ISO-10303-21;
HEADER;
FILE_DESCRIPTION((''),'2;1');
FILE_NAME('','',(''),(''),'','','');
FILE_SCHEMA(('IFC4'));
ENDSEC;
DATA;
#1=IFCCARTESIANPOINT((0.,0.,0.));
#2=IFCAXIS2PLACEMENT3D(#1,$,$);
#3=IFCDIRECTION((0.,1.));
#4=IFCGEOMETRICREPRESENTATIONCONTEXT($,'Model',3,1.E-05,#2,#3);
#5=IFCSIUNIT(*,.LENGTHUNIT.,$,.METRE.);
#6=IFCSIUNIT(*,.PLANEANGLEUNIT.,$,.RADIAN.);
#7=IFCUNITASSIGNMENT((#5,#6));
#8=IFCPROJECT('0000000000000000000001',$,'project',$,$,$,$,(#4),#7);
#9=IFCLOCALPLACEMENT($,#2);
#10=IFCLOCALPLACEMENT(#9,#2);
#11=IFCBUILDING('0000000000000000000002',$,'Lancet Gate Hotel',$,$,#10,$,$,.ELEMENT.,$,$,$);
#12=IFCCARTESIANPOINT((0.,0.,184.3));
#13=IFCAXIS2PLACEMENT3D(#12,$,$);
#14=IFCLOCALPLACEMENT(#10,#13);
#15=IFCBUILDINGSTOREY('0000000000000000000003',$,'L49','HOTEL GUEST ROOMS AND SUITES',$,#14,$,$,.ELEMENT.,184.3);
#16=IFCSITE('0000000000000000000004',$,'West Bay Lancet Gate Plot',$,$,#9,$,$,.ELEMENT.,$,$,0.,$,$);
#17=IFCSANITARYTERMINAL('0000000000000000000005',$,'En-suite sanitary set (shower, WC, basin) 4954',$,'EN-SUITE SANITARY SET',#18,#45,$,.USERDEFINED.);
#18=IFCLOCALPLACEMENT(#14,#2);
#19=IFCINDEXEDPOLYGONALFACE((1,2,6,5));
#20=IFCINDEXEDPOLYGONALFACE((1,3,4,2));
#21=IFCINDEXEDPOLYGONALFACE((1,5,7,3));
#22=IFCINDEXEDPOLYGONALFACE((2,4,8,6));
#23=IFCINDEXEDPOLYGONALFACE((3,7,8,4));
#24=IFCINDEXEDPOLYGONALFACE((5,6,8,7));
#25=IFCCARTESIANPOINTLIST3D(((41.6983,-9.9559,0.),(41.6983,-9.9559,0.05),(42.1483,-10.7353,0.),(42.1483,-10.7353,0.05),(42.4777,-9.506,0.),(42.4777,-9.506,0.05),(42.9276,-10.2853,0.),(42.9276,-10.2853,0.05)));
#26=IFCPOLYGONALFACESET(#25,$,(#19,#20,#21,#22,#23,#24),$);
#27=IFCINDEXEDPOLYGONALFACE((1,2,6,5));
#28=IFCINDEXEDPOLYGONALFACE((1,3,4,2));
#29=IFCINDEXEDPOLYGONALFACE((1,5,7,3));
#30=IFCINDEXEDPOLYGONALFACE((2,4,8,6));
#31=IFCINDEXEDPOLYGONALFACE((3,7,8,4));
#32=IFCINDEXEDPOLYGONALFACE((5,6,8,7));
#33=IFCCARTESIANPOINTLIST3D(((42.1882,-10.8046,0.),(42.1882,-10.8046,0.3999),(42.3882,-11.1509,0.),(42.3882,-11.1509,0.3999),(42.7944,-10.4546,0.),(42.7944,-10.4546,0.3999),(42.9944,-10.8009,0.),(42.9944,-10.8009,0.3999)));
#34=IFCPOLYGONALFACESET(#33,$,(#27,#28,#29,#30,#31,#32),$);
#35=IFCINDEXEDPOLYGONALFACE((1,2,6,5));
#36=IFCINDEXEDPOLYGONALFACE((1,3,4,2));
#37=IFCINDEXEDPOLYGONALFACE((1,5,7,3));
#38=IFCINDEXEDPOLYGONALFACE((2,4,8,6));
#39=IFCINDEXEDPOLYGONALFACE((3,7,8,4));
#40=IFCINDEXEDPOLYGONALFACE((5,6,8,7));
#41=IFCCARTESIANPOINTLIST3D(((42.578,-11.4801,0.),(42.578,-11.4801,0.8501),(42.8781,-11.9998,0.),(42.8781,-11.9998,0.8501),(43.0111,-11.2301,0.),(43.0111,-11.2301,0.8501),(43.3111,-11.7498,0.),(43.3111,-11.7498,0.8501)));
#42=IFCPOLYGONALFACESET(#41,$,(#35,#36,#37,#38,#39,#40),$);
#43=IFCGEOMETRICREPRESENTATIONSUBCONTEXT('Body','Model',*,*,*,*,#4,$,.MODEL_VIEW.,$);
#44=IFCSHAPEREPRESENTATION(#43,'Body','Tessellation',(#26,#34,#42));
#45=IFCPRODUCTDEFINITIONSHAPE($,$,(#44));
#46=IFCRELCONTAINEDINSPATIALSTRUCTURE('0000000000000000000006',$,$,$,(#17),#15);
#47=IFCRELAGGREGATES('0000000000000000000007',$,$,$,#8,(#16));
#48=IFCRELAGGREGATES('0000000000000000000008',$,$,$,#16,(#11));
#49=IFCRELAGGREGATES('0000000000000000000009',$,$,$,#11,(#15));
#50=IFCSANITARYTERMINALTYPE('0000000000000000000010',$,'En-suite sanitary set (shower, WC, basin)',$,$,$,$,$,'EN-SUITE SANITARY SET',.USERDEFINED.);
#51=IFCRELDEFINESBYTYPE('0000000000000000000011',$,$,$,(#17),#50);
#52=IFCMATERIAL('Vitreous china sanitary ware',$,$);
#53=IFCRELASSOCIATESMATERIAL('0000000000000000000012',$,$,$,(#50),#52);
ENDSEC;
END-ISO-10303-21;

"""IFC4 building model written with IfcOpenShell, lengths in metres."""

from ifc_helpers import new_model, si_unit, direction, frame, origin, origin_2d, place, context, subcontext, project, spatial, rectangle, extrude, material, type_object, element, save


model = new_model("IFC4")

# Units and contexts
model_context = context("Model", 3, precision=1e-05, world=origin(), true_north=direction((0.0, 1.0)))
body_context = subcontext(model_context, "Body", "Model", "MODEL_VIEW")
ifc_project = project(units=[si_unit("LENGTHUNIT", "METRE"), si_unit("PLANEANGLEUNIT", "RADIAN")], contexts=[model_context])

# Site, building, storey
site_placement = place(None, origin())
site = spatial("IfcSite", under=ifc_project, at=site_placement, Name="West Bay Lancet Gate Plot", CompositionType="ELEMENT", RefElevation=0.0)
building_placement = place(site_placement, origin())
building = spatial("IfcBuilding", under=site, at=building_placement, Name="Lancet Gate Hotel", CompositionType="ELEMENT")
storey_placement = place(building_placement, frame((0.0, 0.0, 184.3)))
storey = spatial("IfcBuildingStorey", under=building, at=storey_placement, Name="L49", Description="HOTEL GUEST ROOMS AND SUITES", CompositionType="ELEMENT", Elevation=184.3)

# Sanitary terminal
ifc_material_1 = material(Name="Vitreous china sanitary ware")
sanitary_terminal_type = type_object("IfcSanitaryTerminalType", Name="En-suite sanitary set (shower, WC, basin)", ElementType="EN-SUITE SANITARY SET", PredefinedType="USERDEFINED", material=ifc_material_1)
sanitary_terminal_placement = place(storey_placement, frame((42.313, -10.1206, 0.0), z_axis=(0.0, 0.0, 1.0), x_axis=(1.0, 0.0, 0.0)))
element("IfcSanitaryTerminal", 1, at=sanitary_terminal_placement, inside=storey, type_object=sanitary_terminal_type, Name="En-suite sanitary set (shower, WC, basin) 4954", ObjectType="EN-SUITE SANITARY SET", PredefinedType="USERDEFINED", context=body_context, shape_type="SweptSolid", body=[
    extrude(rectangle(XDim=0.8999, YDim=0.8999, at=origin_2d()), frame((0.0, 0.0, 0.0), z_axis=(0.0, 0.0, 1.0), x_axis=(-0.5, 0.866025, 0.0)), (0.0, 0.0, 1.0), 0.05),
    extrude(rectangle(XDim=0.3999, YDim=0.7, at=origin_2d()), frame((0.2783, -0.6821, 0.0), z_axis=(0.0, 0.0, 1.0), x_axis=(-0.5, 0.866025, 0.0)), (0.0, 0.0, 1.0), 0.3999),
    extrude(rectangle(XDim=0.6001, YDim=0.5, at=origin_2d()), frame((0.6316, -1.4944, 0.0), z_axis=(0.0, 0.0, 1.0), x_axis=(-0.5, 0.866025, 0.0)), (0.0, 0.0, 1.0), 0.8501),
])

save(model, "model.ifc")
